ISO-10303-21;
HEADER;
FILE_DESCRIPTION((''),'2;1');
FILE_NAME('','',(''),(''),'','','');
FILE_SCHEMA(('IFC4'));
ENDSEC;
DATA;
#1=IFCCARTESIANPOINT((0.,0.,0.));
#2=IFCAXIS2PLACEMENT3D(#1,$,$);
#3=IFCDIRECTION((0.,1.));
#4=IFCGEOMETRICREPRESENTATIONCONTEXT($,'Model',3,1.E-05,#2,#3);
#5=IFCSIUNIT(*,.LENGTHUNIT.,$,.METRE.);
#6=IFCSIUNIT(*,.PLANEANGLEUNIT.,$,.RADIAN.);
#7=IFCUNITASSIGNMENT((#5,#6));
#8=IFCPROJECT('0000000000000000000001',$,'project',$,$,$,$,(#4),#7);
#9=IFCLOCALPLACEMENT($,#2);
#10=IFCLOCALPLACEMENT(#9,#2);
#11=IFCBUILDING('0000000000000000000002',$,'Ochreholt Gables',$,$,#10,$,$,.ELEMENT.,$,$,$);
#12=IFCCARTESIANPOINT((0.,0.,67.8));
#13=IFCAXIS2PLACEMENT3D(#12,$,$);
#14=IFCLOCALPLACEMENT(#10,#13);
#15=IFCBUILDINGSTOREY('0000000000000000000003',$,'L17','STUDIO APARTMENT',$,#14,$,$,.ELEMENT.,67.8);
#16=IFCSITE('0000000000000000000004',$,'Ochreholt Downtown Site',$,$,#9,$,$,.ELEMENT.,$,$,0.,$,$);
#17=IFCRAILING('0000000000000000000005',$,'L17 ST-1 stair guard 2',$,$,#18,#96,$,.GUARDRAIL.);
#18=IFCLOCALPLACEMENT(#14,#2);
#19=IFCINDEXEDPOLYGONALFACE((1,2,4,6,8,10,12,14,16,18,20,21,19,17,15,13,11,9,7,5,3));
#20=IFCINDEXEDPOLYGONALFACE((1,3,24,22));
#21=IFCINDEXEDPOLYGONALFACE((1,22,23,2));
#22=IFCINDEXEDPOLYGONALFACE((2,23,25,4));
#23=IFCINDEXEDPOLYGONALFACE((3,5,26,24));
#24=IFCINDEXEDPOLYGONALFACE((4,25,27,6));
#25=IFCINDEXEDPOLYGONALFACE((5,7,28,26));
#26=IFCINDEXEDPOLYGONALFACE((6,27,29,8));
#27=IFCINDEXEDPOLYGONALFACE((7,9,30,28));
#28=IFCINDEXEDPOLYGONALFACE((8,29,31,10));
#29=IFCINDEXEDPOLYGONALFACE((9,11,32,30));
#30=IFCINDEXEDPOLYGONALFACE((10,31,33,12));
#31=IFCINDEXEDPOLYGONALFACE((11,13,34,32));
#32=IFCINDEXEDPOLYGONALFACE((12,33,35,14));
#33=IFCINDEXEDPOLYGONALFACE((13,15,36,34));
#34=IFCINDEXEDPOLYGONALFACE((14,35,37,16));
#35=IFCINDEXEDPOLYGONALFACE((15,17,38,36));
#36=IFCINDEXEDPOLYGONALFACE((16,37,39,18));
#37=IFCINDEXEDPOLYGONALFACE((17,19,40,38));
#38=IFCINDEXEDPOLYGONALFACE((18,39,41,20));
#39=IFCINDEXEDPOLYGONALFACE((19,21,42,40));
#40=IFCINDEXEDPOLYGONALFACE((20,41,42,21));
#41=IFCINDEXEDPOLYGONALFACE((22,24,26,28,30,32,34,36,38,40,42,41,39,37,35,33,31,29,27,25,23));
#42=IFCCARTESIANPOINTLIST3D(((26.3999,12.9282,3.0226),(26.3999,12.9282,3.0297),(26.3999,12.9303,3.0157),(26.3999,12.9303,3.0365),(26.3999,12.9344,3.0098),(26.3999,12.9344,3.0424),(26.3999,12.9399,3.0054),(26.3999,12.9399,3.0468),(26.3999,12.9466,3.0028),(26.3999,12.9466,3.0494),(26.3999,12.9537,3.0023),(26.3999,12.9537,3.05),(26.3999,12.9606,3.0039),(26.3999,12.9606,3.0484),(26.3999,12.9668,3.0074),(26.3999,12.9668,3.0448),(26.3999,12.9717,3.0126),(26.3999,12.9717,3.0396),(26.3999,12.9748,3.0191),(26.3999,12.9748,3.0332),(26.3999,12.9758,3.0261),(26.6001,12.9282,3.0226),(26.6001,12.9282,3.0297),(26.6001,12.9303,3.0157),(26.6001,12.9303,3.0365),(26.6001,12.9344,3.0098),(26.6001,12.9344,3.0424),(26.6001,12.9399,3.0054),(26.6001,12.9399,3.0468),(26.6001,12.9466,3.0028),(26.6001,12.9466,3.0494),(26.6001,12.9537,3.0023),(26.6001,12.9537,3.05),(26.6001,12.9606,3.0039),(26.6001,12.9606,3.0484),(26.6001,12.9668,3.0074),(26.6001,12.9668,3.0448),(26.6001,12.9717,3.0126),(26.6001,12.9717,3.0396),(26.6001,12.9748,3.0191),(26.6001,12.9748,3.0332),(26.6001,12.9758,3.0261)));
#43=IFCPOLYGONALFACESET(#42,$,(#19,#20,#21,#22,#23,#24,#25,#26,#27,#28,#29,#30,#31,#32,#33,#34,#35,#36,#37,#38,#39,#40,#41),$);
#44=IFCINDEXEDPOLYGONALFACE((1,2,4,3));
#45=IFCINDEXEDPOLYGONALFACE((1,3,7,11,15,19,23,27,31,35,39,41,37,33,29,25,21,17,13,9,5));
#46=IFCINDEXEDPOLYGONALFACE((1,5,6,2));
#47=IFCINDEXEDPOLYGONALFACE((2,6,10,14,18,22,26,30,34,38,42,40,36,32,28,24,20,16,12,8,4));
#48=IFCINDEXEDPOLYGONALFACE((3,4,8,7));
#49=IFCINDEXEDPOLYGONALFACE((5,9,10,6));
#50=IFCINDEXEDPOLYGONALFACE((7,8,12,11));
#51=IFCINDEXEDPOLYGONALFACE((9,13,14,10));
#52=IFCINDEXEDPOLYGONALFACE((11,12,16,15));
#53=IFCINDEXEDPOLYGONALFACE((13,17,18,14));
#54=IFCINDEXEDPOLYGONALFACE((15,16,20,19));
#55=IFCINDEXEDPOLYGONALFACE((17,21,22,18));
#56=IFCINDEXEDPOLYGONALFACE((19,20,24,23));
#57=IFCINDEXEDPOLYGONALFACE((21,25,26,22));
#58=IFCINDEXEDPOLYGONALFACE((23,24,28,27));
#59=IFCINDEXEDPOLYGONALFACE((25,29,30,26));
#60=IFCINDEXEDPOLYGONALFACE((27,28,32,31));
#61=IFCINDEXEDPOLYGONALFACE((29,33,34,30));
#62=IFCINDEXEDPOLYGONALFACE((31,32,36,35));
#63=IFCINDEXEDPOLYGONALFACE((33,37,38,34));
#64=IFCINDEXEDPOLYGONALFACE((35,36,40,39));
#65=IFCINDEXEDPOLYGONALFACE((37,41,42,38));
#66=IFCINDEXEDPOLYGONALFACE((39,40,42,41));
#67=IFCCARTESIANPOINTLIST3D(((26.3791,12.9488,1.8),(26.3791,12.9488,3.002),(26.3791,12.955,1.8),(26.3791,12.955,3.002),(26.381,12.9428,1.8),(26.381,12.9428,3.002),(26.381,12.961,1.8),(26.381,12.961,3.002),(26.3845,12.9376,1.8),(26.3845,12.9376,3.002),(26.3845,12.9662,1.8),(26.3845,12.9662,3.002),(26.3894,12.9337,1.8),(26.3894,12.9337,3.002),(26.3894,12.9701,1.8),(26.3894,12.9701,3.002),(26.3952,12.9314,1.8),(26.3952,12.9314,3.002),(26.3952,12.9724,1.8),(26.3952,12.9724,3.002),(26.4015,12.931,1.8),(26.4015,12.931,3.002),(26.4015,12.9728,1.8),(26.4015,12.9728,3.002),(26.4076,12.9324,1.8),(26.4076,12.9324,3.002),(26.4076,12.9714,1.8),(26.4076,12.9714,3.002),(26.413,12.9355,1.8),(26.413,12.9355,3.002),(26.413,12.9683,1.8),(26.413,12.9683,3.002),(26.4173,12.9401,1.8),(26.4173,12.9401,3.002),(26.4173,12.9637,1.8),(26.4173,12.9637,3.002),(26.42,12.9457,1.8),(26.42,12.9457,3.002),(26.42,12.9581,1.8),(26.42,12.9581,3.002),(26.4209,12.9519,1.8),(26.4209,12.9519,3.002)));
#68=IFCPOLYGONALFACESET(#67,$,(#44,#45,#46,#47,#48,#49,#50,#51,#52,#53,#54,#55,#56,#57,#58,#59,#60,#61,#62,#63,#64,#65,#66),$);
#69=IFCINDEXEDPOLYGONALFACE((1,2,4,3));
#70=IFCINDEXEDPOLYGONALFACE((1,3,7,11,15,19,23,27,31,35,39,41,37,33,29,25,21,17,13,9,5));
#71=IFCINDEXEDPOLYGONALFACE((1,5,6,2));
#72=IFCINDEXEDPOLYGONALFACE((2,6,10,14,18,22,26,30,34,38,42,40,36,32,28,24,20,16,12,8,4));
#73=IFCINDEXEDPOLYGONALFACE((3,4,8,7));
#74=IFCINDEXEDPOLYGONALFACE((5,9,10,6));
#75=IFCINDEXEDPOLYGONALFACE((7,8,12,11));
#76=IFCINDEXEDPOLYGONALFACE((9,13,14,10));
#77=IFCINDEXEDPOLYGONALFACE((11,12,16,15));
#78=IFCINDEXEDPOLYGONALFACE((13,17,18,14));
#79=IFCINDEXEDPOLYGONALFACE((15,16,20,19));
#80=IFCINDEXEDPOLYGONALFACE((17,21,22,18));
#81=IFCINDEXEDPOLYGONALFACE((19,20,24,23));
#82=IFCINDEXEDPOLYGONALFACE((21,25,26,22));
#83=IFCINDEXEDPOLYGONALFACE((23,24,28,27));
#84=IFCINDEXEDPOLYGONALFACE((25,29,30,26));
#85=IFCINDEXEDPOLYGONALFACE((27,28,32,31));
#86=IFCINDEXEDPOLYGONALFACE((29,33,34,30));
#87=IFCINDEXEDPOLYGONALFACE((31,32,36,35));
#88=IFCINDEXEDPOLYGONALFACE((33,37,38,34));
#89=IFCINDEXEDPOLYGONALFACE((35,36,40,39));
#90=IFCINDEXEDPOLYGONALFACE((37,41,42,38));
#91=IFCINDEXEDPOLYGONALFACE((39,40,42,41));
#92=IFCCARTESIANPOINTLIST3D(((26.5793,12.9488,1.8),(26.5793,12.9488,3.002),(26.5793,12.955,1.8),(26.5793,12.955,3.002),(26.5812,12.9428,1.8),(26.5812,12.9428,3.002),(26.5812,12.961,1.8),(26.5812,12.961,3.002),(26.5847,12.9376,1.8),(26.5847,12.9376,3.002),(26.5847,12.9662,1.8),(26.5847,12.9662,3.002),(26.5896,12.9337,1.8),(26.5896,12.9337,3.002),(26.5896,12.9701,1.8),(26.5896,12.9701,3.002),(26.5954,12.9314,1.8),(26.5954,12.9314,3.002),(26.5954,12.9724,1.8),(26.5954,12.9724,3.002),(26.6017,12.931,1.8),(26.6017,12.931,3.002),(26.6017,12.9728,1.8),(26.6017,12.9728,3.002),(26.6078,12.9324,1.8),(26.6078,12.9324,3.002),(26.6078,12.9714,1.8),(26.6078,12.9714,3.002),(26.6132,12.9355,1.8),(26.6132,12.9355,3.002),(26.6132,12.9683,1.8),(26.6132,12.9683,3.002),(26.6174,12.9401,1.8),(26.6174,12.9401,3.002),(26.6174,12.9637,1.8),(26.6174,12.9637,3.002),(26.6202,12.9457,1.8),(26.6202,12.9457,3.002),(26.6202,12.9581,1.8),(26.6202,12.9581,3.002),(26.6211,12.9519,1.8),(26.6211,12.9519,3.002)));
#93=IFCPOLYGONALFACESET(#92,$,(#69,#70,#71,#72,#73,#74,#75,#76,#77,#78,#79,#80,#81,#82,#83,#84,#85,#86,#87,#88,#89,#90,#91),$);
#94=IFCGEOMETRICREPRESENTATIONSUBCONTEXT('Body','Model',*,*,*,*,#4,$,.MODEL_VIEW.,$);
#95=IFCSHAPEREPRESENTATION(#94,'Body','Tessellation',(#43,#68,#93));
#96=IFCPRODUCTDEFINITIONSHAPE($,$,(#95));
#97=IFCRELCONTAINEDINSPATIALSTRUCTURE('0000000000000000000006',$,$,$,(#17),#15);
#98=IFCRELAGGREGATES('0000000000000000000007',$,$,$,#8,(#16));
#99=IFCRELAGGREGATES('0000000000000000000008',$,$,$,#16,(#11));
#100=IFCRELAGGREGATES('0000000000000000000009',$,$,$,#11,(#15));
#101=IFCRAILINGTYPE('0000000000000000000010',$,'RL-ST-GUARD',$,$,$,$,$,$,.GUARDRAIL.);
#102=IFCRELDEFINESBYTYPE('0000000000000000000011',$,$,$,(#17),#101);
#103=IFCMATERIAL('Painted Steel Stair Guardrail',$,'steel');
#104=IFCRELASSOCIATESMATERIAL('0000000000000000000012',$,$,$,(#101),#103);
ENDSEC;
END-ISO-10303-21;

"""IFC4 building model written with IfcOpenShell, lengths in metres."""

from ifc_helpers import new_model, si_unit, direction, frame, origin, origin_2d, place, context, subcontext, project, spatial, circle, extrude, material, type_object, element, save


model = new_model("IFC4")

# Units and contexts
model_context = context("Model", 3, precision=1e-05, world=origin(), true_north=direction((0.0, 1.0)))
body_context = subcontext(model_context, "Body", "Model", "MODEL_VIEW")
ifc_project = project(units=[si_unit("LENGTHUNIT", "METRE"), si_unit("PLANEANGLEUNIT", "RADIAN")], contexts=[model_context])

# Site, building, storey
site_placement = place(None, origin())
site = spatial("IfcSite", under=ifc_project, at=site_placement, Name="Ochreholt Downtown Site", CompositionType="ELEMENT", RefElevation=0.0)
building_placement = place(site_placement, origin())
building = spatial("IfcBuilding", under=site, at=building_placement, Name="Ochreholt Gables", CompositionType="ELEMENT")
storey_placement = place(building_placement, frame((0.0, 0.0, 67.8)))
storey = spatial("IfcBuildingStorey", under=building, at=storey_placement, Name="L17", Description="STUDIO APARTMENT", CompositionType="ELEMENT", Elevation=67.8)

# Railing
ifc_material_1 = material(Name="Painted Steel Stair Guardrail", Category="steel")
railing_type = type_object("IfcRailingType", Name="RL-ST-GUARD", PredefinedType="GUARDRAIL", material=ifc_material_1)
railing_1_placement = place(storey_placement, frame((26.3999, 12.9519, 1.8)))
element("IfcRailing", 1, at=railing_1_placement, inside=storey, type_object=railing_type, Name="L17 ST-1 stair guard 2", PredefinedType="GUARDRAIL", context=body_context, shape_type="SweptSolid", body=[
    extrude(circle(Radius=0.0239, at=origin_2d()), frame((0.0, 0.0, 1.2261), z_axis=(1.0, 0.0, 0.0), x_axis=(0.0, 1.0, 0.0)), (0.0, 0.0, 1.0), 0.2002),
    extrude(circle(Radius=0.021, at=origin_2d()), origin(), (0.0, 0.0, 1.0), 1.2019),
    extrude(circle(Radius=0.021, at=origin_2d()), frame((0.2002, 0.0, 0.0)), (0.0, 0.0, 1.0), 1.2019),
])

save(model, "model.ifc")
